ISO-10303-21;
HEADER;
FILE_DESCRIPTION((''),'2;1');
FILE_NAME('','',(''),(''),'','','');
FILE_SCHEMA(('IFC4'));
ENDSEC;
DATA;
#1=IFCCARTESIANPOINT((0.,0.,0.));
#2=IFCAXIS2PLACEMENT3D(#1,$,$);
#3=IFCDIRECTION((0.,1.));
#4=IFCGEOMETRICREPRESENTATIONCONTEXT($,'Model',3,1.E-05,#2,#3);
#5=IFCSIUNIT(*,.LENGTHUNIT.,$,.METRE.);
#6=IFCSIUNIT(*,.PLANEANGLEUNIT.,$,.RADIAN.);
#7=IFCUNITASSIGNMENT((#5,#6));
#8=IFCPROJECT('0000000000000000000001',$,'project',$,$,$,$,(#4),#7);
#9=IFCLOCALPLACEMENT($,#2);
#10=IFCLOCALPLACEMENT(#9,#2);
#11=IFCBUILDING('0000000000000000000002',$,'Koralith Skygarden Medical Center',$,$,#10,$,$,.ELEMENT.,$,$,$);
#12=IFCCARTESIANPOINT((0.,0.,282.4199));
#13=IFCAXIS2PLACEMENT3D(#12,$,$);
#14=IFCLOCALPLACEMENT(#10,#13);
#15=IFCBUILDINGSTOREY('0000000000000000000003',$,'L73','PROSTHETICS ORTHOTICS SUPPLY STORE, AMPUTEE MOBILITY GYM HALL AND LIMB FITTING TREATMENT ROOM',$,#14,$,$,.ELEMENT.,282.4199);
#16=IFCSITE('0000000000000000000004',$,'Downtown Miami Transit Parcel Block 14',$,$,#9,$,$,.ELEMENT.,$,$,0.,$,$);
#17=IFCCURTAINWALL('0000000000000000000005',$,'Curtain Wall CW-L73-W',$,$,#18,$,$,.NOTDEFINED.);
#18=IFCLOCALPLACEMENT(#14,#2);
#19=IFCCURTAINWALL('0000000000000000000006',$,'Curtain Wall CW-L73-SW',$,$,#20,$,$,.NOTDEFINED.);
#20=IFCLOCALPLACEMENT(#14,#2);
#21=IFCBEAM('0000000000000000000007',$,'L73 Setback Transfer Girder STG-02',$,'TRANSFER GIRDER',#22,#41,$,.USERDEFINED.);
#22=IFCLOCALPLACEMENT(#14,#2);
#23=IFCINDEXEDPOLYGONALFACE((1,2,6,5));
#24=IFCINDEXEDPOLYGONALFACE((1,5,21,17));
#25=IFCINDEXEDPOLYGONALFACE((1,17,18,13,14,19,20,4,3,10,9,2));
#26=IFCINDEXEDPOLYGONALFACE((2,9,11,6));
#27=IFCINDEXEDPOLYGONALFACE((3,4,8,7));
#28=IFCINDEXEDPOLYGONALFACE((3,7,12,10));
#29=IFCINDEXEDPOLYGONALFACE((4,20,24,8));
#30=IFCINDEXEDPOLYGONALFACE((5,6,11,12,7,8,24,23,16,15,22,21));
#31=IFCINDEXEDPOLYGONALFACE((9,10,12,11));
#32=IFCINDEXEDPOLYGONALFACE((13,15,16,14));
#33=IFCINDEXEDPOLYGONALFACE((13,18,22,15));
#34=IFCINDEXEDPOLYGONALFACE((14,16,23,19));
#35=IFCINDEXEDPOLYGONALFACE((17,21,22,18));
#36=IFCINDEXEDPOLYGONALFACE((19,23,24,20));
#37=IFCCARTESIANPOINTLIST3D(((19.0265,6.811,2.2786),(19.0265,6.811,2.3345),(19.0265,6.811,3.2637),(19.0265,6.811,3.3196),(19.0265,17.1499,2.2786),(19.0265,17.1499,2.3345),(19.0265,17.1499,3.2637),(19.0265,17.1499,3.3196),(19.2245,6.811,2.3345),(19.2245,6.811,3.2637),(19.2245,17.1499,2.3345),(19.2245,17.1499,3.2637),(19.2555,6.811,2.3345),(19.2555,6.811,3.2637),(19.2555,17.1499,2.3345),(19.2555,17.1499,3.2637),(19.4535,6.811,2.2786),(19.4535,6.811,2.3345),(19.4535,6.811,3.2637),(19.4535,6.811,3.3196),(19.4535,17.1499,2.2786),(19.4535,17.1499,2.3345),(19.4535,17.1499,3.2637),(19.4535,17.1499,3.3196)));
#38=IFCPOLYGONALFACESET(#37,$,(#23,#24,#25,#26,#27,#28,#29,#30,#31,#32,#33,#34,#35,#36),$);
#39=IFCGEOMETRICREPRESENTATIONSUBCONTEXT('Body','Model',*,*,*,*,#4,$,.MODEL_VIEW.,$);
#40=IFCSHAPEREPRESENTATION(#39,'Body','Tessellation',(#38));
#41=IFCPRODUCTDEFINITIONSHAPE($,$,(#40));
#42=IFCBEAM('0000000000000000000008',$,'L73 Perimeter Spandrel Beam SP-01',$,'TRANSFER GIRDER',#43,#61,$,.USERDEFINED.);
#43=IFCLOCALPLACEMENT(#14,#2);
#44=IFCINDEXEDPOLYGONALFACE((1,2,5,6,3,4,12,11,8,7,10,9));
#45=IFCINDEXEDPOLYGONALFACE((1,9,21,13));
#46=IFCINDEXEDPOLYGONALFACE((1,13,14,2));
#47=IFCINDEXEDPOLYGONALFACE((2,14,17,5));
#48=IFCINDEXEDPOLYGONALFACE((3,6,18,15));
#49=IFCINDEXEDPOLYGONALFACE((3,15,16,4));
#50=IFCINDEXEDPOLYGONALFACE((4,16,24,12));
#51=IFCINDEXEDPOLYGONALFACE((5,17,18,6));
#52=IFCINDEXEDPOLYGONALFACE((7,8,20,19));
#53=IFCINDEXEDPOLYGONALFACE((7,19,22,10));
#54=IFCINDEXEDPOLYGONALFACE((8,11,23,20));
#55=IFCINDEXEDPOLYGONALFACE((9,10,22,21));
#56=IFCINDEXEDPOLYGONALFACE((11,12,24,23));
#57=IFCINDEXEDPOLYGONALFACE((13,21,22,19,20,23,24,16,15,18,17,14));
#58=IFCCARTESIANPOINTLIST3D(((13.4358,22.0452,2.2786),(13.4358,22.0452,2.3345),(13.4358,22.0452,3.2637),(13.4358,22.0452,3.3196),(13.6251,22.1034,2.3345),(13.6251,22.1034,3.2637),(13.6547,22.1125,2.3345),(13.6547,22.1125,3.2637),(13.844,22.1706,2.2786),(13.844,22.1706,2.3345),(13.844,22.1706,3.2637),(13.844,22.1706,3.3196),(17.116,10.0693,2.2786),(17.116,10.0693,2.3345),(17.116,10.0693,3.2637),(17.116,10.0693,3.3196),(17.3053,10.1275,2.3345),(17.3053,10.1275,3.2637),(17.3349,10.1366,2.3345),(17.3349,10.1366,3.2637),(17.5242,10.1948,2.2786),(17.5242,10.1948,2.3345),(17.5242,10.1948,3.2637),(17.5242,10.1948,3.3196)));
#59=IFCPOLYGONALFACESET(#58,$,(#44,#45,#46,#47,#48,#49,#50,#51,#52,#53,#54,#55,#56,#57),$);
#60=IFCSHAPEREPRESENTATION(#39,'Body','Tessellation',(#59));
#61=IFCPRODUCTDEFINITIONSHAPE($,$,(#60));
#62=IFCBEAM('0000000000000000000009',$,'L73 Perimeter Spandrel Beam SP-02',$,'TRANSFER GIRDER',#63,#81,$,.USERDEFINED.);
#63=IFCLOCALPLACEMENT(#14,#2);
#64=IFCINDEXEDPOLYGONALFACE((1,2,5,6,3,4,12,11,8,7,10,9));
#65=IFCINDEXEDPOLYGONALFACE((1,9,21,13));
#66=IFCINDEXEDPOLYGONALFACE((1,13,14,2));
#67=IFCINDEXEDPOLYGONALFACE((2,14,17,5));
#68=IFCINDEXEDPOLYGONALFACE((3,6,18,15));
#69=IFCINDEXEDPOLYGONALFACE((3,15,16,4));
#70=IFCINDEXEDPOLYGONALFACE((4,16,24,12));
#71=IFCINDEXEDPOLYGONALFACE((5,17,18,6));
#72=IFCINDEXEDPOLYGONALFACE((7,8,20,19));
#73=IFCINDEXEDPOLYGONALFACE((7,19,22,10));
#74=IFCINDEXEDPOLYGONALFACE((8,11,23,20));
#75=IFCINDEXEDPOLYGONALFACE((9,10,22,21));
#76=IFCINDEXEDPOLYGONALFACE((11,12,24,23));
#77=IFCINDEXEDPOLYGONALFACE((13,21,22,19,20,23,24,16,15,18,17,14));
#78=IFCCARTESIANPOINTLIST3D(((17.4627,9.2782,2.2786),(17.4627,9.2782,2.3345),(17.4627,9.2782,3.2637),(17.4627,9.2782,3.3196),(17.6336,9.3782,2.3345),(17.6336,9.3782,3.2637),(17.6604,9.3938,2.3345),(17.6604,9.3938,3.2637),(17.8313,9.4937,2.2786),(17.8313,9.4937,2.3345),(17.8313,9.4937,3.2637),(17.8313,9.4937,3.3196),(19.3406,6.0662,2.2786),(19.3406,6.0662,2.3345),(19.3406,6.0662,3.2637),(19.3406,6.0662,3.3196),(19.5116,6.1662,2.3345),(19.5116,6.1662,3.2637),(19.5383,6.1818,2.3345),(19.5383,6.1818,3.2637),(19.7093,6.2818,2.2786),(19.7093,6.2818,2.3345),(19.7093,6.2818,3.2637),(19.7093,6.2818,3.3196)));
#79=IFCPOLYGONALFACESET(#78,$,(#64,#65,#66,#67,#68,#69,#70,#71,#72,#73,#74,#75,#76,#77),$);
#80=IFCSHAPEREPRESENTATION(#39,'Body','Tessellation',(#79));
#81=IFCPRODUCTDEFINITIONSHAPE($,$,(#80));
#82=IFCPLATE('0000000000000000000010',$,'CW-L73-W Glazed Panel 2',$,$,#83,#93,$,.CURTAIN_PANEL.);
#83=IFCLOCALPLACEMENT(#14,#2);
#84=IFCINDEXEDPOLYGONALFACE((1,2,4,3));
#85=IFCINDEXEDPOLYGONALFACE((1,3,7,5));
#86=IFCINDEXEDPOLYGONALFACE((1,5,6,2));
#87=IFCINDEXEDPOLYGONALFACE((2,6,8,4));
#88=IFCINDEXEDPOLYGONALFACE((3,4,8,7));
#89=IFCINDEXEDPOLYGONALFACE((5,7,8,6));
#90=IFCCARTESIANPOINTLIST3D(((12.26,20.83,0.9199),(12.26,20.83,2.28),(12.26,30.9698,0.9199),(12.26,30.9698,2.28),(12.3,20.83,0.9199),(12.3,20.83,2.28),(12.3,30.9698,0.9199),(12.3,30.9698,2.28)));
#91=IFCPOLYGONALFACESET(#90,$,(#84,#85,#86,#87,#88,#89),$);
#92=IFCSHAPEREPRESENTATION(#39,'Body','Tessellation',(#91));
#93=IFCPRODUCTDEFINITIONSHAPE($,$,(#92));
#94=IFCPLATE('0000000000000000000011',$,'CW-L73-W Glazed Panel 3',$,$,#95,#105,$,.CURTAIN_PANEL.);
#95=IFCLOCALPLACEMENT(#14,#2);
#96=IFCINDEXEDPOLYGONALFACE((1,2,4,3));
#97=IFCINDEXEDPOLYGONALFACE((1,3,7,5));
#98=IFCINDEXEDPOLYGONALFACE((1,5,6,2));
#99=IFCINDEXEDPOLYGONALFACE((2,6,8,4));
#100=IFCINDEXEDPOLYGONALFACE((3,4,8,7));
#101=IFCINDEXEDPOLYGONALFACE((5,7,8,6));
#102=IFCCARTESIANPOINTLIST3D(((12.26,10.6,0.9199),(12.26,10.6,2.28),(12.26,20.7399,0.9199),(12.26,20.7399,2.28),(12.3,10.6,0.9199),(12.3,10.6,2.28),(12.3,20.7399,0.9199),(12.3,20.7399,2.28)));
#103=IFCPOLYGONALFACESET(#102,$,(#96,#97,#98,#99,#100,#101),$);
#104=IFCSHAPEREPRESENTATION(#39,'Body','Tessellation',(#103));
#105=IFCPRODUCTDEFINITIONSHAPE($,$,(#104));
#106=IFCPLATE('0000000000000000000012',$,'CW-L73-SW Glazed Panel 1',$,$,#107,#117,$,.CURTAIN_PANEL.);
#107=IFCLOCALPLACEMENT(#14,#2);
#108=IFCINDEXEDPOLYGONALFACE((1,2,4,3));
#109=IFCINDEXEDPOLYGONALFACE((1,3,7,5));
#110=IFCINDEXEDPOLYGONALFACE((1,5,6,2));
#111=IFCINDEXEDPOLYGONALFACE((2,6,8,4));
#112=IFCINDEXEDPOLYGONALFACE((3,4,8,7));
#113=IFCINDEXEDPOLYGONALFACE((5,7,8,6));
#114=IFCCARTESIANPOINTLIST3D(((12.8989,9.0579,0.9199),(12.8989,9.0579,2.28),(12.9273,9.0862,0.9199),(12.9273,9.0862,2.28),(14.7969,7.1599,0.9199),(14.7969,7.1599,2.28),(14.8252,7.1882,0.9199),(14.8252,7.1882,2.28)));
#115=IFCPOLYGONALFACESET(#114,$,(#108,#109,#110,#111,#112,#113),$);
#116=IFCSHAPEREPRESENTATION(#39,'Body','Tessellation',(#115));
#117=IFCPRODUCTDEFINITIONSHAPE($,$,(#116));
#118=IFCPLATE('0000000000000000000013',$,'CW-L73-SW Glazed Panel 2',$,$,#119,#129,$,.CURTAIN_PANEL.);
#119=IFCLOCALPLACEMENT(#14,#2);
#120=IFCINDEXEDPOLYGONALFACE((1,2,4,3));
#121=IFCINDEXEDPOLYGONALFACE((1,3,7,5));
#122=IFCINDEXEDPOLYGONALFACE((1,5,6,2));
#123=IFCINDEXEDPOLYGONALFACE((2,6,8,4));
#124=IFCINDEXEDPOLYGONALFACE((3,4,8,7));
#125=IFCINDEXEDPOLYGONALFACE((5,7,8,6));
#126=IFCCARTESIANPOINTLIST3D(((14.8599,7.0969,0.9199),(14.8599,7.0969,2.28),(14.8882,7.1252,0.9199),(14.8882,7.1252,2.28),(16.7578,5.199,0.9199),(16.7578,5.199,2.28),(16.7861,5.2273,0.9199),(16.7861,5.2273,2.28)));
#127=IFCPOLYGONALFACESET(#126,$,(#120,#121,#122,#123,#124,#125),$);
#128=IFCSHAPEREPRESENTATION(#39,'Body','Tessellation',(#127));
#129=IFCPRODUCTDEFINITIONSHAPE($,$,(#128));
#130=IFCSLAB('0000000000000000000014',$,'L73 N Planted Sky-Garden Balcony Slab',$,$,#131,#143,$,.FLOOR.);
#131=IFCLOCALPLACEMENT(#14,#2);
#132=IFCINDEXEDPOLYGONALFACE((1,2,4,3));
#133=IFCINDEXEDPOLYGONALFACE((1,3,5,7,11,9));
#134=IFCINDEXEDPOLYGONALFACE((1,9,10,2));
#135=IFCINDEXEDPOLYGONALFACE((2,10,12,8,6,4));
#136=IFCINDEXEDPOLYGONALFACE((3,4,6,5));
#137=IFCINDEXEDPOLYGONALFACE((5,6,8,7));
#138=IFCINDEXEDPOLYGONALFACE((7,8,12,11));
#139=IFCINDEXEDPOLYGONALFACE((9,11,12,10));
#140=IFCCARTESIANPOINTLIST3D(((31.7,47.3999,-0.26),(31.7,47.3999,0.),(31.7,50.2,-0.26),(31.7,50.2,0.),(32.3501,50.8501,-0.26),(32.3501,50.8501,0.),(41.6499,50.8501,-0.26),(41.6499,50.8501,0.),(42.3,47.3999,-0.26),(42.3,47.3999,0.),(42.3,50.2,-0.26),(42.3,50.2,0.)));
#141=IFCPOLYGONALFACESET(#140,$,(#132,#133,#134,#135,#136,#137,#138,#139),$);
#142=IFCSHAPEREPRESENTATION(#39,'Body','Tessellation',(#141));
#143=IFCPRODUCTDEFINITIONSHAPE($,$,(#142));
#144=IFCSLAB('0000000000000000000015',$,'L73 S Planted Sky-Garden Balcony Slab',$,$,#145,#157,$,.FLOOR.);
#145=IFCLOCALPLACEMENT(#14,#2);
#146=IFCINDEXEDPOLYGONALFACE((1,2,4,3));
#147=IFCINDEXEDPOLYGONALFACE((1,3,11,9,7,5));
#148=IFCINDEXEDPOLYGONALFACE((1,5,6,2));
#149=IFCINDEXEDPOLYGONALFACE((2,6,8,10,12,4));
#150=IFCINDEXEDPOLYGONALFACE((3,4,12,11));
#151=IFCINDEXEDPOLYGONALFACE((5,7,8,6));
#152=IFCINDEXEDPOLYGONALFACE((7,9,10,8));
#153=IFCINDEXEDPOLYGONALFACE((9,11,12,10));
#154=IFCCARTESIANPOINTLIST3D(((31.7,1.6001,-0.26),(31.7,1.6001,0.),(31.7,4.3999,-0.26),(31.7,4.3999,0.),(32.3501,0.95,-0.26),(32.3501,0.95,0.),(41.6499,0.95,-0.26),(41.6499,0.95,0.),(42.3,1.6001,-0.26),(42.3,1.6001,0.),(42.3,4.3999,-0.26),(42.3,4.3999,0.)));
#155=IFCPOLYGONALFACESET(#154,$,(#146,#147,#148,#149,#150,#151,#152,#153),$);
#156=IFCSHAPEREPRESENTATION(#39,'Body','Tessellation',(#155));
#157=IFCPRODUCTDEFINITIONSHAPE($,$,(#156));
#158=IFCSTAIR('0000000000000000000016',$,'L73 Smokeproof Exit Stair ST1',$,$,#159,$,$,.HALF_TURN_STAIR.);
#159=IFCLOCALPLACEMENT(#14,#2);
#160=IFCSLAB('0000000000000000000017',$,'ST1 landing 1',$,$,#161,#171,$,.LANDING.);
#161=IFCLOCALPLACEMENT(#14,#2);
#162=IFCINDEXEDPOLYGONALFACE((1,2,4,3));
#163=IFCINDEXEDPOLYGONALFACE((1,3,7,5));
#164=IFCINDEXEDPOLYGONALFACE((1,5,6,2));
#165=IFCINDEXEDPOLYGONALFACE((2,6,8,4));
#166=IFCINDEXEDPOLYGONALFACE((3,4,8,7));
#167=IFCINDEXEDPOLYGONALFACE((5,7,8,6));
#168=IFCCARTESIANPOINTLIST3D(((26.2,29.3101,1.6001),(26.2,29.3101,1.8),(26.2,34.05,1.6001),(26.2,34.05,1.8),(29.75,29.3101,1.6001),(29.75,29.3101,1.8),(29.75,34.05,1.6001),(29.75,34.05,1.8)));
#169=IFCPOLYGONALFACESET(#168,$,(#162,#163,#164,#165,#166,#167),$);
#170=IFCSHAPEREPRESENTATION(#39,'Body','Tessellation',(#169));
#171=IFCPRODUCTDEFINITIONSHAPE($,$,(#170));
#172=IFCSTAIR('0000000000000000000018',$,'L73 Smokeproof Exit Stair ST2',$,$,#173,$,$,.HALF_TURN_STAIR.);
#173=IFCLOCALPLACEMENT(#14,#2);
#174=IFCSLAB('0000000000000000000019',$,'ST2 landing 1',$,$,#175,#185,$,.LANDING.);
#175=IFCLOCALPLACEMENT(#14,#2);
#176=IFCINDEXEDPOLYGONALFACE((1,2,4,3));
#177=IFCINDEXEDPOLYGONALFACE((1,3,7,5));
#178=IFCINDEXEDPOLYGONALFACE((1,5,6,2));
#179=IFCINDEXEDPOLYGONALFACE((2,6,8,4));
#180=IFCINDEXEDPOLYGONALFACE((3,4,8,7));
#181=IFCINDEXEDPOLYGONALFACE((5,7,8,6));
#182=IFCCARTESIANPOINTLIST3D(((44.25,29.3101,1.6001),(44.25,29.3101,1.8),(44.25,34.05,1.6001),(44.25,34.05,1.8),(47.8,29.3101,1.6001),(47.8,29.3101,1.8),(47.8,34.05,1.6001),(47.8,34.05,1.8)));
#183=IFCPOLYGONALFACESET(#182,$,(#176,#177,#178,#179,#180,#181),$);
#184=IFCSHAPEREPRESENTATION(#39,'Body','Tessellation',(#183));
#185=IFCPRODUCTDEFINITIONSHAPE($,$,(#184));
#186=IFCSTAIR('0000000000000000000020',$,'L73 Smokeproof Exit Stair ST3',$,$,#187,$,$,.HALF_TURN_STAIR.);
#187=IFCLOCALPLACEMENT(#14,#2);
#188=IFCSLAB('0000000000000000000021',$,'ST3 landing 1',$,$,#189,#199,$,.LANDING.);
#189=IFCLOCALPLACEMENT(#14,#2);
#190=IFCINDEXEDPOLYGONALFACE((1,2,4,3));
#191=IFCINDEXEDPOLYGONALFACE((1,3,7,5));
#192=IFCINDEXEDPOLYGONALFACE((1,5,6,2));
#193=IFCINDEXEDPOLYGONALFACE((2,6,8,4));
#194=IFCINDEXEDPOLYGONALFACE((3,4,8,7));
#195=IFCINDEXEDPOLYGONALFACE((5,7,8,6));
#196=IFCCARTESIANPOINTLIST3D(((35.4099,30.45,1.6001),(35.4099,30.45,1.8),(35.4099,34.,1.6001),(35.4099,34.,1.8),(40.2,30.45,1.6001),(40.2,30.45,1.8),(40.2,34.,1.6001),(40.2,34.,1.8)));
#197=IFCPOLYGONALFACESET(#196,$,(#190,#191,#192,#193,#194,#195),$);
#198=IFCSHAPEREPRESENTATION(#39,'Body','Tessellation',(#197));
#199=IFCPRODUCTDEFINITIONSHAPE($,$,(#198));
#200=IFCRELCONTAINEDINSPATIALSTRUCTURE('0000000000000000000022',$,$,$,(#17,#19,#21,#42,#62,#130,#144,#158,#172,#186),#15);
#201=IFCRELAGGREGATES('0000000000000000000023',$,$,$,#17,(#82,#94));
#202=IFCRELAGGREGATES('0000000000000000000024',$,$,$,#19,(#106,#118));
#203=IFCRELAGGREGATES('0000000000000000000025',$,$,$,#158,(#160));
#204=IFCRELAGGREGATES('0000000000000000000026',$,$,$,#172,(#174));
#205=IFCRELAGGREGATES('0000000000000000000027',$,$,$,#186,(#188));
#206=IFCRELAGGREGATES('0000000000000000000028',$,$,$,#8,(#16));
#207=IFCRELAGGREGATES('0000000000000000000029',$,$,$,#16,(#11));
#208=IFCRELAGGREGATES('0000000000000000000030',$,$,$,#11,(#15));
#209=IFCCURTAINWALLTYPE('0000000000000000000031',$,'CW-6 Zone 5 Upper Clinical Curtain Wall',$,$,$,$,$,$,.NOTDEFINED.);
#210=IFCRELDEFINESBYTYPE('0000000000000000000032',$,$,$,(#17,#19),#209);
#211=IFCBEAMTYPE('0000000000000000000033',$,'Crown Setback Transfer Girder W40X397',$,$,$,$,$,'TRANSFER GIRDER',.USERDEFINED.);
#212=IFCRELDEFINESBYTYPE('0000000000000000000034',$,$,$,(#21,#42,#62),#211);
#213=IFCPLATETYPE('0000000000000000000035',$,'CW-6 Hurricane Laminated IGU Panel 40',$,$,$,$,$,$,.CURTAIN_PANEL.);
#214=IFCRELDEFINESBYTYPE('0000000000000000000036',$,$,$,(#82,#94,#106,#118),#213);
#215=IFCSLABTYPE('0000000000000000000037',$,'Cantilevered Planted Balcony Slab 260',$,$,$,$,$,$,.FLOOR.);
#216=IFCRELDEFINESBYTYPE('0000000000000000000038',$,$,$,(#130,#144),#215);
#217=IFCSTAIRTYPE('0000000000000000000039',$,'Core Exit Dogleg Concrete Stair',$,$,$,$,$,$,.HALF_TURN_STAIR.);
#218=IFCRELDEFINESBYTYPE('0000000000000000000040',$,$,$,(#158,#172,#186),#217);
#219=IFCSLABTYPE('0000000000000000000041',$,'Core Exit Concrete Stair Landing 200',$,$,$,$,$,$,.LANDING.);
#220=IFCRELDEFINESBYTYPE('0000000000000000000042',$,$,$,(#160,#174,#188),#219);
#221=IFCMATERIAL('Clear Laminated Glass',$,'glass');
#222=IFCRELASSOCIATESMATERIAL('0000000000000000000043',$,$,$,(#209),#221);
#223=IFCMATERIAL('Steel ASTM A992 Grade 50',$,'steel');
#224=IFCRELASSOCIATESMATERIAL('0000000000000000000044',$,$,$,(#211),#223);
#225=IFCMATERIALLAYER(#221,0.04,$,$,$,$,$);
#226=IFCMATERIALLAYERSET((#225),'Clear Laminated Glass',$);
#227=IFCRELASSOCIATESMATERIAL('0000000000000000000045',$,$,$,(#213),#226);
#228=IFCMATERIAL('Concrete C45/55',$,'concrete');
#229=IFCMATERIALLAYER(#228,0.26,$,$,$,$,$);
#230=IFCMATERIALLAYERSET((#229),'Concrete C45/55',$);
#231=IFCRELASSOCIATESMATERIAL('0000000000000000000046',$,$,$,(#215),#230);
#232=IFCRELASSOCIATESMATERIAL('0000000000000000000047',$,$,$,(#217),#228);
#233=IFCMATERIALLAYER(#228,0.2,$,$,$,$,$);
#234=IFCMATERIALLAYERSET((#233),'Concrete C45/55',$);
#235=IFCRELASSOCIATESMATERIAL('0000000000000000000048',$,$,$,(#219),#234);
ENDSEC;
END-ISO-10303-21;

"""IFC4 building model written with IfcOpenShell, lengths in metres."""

from ifc_helpers import new_model, si_unit, direction, frame, origin, origin_2d, place, context, subcontext, project, spatial, polyline, rectangle, i_section, outline, extrude, material, layer, layer_set, material_profile, profile_set, type_object, element, aggregate, save


model = new_model("IFC4")

# Units and contexts
model_context = context("Model", 3, precision=1e-05, world=origin(), true_north=direction((0.0, 1.0)))
body_context = subcontext(model_context, "Body", "Model", "MODEL_VIEW")
ifc_project = project(units=[si_unit("LENGTHUNIT", "METRE"), si_unit("PLANEANGLEUNIT", "RADIAN")], contexts=[model_context])

# Site, building, storey
site_placement = place(None, origin())
site = spatial("IfcSite", under=ifc_project, at=site_placement, Name="Downtown Miami Transit Parcel Block 14", CompositionType="ELEMENT", RefElevation=0.0)
building_placement = place(site_placement, origin())
building = spatial("IfcBuilding", under=site, at=building_placement, Name="Koralith Skygarden Medical Center", CompositionType="ELEMENT")
storey_placement = place(building_placement, frame((0.0, 0.0, 282.4199)))
storey = spatial("IfcBuildingStorey", under=building, at=storey_placement, Name="L73", Description="PROSTHETICS ORTHOTICS SUPPLY STORE, AMPUTEE MOBILITY GYM HALL AND LIMB FITTING TREATMENT ROOM", CompositionType="ELEMENT", Elevation=282.4199)

# Shared definitions
ifc_material_1 = material(Name="Clear Laminated Glass", Category="glass")
curtain_wall_type = type_object("IfcCurtainWallType", Name="CW-6 Zone 5 Upper Clinical Curtain Wall", PredefinedType="NOTDEFINED", material=ifc_material_1)

# Curtain walls
curtain_wall_1_placement = place(storey_placement, origin())
curtain_wall_1 = element("IfcCurtainWall", 1, at=curtain_wall_1_placement, inside=storey, type_object=curtain_wall_type, Name="Curtain Wall CW-L73-W", PredefinedType="NOTDEFINED")
curtain_wall_2_placement = place(storey_placement, origin())
curtain_wall_2 = element("IfcCurtainWall", 2, at=curtain_wall_2_placement, inside=storey, type_object=curtain_wall_type, Name="Curtain Wall CW-L73-SW", PredefinedType="NOTDEFINED")

# Beams
ifc_material_2 = material(Name="Steel ASTM A992 Grade 50", Category="steel")
ifc_material_profile_1 = material_profile(ifc_material_2, i_section(OverallWidth=0.427, OverallDepth=1.041, WebThickness=0.031, FlangeThickness=0.0559, at=origin_2d()), Name="W40X397")
ifc_profile_set_1 = profile_set([ifc_material_profile_1], Name="Steel ASTM A992 Grade 50")
beam_type = type_object("IfcBeamType", Name="Crown Setback Transfer Girder W40X397", ElementType="TRANSFER GIRDER", PredefinedType="USERDEFINED", material=ifc_profile_set_1)
beam_1_placement = place(storey_placement, frame((19.24, 17.1499, 2.7991), z_axis=(0.0, -1.0, 0.0), x_axis=(1.0, 0.0, 0.0)))
element("IfcBeam", 3, at=beam_1_placement, inside=storey, type_object=beam_type, Name="L73 Setback Transfer Girder STG-02", ObjectType="TRANSFER GIRDER", PredefinedType="USERDEFINED", context=body_context, shape_type="SweptSolid", body=[
    extrude(i_section(OverallWidth=0.427, OverallDepth=1.041, WebThickness=0.031, FlangeThickness=0.0559, at=origin_2d()), origin(), (0.0, 0.0, 1.0), 10.3389),
])
beam_2_placement = place(storey_placement, frame((13.6399, 22.1079, 2.7991), z_axis=(0.293743, -0.955884, 0.0), x_axis=(0.955884, 0.293743, 0.0)))
element("IfcBeam", 4, at=beam_2_placement, inside=storey, type_object=beam_type, Name="L73 Perimeter Spandrel Beam SP-01", ObjectType="TRANSFER GIRDER", PredefinedType="USERDEFINED", context=body_context, shape_type="SweptSolid", body=[
    extrude(i_section(OverallWidth=0.427, OverallDepth=1.041, WebThickness=0.031, FlangeThickness=0.0559, at=origin_2d()), origin(), (0.0, 0.0, 1.0), 12.5286),
])
beam_3_placement = place(storey_placement, frame((17.647, 9.386, 2.7991), z_axis=(0.504736, -0.863274, 0.0), x_axis=(0.863274, 0.504736, 0.0)))
element("IfcBeam", 5, at=beam_3_placement, inside=storey, type_object=beam_type, Name="L73 Perimeter Spandrel Beam SP-02", ObjectType="TRANSFER GIRDER", PredefinedType="USERDEFINED", context=body_context, shape_type="SweptSolid", body=[
    extrude(i_section(OverallWidth=0.427, OverallDepth=1.041, WebThickness=0.031, FlangeThickness=0.0559, at=origin_2d()), origin(), (0.0, 0.0, 1.0), 3.7207),
])

# Plates
ifc_layer_1 = layer(ifc_material_1, 0.04)
ifc_layer_set_1 = layer_set([ifc_layer_1], Name="Clear Laminated Glass")
plate_type_1 = type_object("IfcPlateType", Name="CW-6 Hurricane Laminated IGU Panel 40", PredefinedType="CURTAIN_PANEL", material=ifc_layer_set_1)
plate_1_placement = place(storey_placement, frame((12.28, 25.8999, 0.9199), z_axis=(0.0, 0.0, 1.0), x_axis=(0.0, -1.0, 0.0)))
plate_1 = element("IfcPlate", 6, at=plate_1_placement, type_object=plate_type_1, Name="CW-L73-W Glazed Panel 2", PredefinedType="CURTAIN_PANEL", context=body_context, shape_type="SweptSolid", body=[
    extrude(rectangle(XDim=10.1399, YDim=0.04, at=origin_2d()), origin(), (0.0, 0.0, 1.0), 1.3601),
])
plate_2_placement = place(storey_placement, frame((12.28, 15.6699, 0.9199), z_axis=(0.0, 0.0, 1.0), x_axis=(0.0, -1.0, 0.0)))
plate_2 = element("IfcPlate", 7, at=plate_2_placement, type_object=plate_type_1, Name="CW-L73-W Glazed Panel 3", PredefinedType="CURTAIN_PANEL", context=body_context, shape_type="SweptSolid", body=[
    extrude(rectangle(XDim=10.1399, YDim=0.04, at=origin_2d()), origin(), (0.0, 0.0, 1.0), 1.3601),
])
aggregate(curtain_wall_1, [plate_1, plate_2])
plate_3_placement = place(storey_placement, frame((13.8621, 8.123, 0.9199), z_axis=(0.0, 0.0, 1.0), x_axis=(0.707107, -0.707107, 0.0)))
plate_3 = element("IfcPlate", 8, at=plate_3_placement, type_object=plate_type_1, Name="CW-L73-SW Glazed Panel 1", PredefinedType="CURTAIN_PANEL", context=body_context, shape_type="SweptSolid", body=[
    extrude(rectangle(XDim=2.6841, YDim=0.04, at=origin_2d()), origin(), (0.0, 0.0, 1.0), 1.3601),
])
plate_4_placement = place(storey_placement, frame((15.823, 6.1621, 0.9199), z_axis=(0.0, 0.0, 1.0), x_axis=(0.707107, -0.707107, 0.0)))
plate_4 = element("IfcPlate", 9, at=plate_4_placement, type_object=plate_type_1, Name="CW-L73-SW Glazed Panel 2", PredefinedType="CURTAIN_PANEL", context=body_context, shape_type="SweptSolid", body=[
    extrude(rectangle(XDim=2.6841, YDim=0.04, at=origin_2d()), origin(), (0.0, 0.0, 1.0), 1.3601),
])
aggregate(curtain_wall_2, [plate_3, plate_4])

# Slabs
ifc_material_3 = material(Name="Concrete C45/55", Category="concrete")
ifc_layer_2 = layer(ifc_material_3, 0.26)
ifc_layer_set_2 = layer_set([ifc_layer_2], Name="Concrete C45/55")
slab_type_1 = type_object("IfcSlabType", Name="Cantilevered Planted Balcony Slab 260", PredefinedType="FLOOR", material=ifc_layer_set_2)
slab_1_placement = place(storey_placement, frame((0.0, 0.0, -0.26)))
element("IfcSlab", 10, at=slab_1_placement, inside=storey, type_object=slab_type_1, Name="L73 N Planted Sky-Garden Balcony Slab", PredefinedType="FLOOR", context=body_context, shape_type="SweptSolid", body=[
    extrude(outline(polyline([(31.7, 47.3999), (42.3, 47.3999), (42.3, 50.2), (41.6499, 50.8501), (32.3501, 50.8501), (31.7, 50.2), (31.7, 47.3999)])), origin(), (0.0, 0.0, 1.0), 0.26),
])
slab_2_placement = place(storey_placement, frame((0.0, 0.0, -0.26)))
element("IfcSlab", 11, at=slab_2_placement, inside=storey, type_object=slab_type_1, Name="L73 S Planted Sky-Garden Balcony Slab", PredefinedType="FLOOR", context=body_context, shape_type="SweptSolid", body=[
    extrude(outline(polyline([(32.3501, 0.95), (41.6499, 0.95), (42.3, 1.6001), (42.3, 4.3999), (31.7, 4.3999), (31.7, 1.6001), (32.3501, 0.95)])), origin(), (0.0, 0.0, 1.0), 0.26),
])

# Stairs, slabs
stair_type = type_object("IfcStairType", Name="Core Exit Dogleg Concrete Stair", PredefinedType="HALF_TURN_STAIR", material=ifc_material_3)
stair_1_placement = place(storey_placement, origin())
stair_1 = element("IfcStair", 12, at=stair_1_placement, inside=storey, type_object=stair_type, Name="L73 Smokeproof Exit Stair ST1", PredefinedType="HALF_TURN_STAIR")
ifc_layer_3 = layer(ifc_material_3, 0.2)
ifc_layer_set_3 = layer_set([ifc_layer_3], Name="Concrete C45/55")
slab_type_2 = type_object("IfcSlabType", Name="Core Exit Concrete Stair Landing 200", PredefinedType="LANDING", material=ifc_layer_set_3)
slab_3_placement = place(storey_placement, frame((0.0, 0.0, 1.6001)))
slab_3 = element("IfcSlab", 13, at=slab_3_placement, type_object=slab_type_2, Name="ST1 landing 1", PredefinedType="LANDING", context=body_context, shape_type="SweptSolid", body=[
    extrude(outline(polyline([(29.75, 29.3101), (29.75, 34.05), (26.2, 34.05), (26.2, 29.3101), (29.75, 29.3101)])), origin(), (0.0, 0.0, 1.0), 0.2),
])
aggregate(stair_1, [slab_3])
stair_2_placement = place(storey_placement, origin())
stair_2 = element("IfcStair", 14, at=stair_2_placement, inside=storey, type_object=stair_type, Name="L73 Smokeproof Exit Stair ST2", PredefinedType="HALF_TURN_STAIR")
slab_4_placement = place(storey_placement, frame((0.0, 0.0, 1.6001)))
slab_4 = element("IfcSlab", 15, at=slab_4_placement, type_object=slab_type_2, Name="ST2 landing 1", PredefinedType="LANDING", context=body_context, shape_type="SweptSolid", body=[
    extrude(outline(polyline([(47.8, 29.3101), (47.8, 34.05), (44.25, 34.05), (44.25, 29.3101), (47.8, 29.3101)])), origin(), (0.0, 0.0, 1.0), 0.2),
])
aggregate(stair_2, [slab_4])
stair_3_placement = place(storey_placement, origin())
stair_3 = element("IfcStair", 16, at=stair_3_placement, inside=storey, type_object=stair_type, Name="L73 Smokeproof Exit Stair ST3", PredefinedType="HALF_TURN_STAIR")
slab_5_placement = place(storey_placement, frame((0.0, 0.0, 1.6001)))
slab_5 = element("IfcSlab", 17, at=slab_5_placement, type_object=slab_type_2, Name="ST3 landing 1", PredefinedType="LANDING", context=body_context, shape_type="SweptSolid", body=[
    extrude(outline(polyline([(35.4099, 30.45), (40.2, 30.45), (40.2, 34.0), (35.4099, 34.0), (35.4099, 30.45)])), origin(), (0.0, 0.0, 1.0), 0.2),
])
aggregate(stair_3, [slab_5])

save(model, "model.ifc")
